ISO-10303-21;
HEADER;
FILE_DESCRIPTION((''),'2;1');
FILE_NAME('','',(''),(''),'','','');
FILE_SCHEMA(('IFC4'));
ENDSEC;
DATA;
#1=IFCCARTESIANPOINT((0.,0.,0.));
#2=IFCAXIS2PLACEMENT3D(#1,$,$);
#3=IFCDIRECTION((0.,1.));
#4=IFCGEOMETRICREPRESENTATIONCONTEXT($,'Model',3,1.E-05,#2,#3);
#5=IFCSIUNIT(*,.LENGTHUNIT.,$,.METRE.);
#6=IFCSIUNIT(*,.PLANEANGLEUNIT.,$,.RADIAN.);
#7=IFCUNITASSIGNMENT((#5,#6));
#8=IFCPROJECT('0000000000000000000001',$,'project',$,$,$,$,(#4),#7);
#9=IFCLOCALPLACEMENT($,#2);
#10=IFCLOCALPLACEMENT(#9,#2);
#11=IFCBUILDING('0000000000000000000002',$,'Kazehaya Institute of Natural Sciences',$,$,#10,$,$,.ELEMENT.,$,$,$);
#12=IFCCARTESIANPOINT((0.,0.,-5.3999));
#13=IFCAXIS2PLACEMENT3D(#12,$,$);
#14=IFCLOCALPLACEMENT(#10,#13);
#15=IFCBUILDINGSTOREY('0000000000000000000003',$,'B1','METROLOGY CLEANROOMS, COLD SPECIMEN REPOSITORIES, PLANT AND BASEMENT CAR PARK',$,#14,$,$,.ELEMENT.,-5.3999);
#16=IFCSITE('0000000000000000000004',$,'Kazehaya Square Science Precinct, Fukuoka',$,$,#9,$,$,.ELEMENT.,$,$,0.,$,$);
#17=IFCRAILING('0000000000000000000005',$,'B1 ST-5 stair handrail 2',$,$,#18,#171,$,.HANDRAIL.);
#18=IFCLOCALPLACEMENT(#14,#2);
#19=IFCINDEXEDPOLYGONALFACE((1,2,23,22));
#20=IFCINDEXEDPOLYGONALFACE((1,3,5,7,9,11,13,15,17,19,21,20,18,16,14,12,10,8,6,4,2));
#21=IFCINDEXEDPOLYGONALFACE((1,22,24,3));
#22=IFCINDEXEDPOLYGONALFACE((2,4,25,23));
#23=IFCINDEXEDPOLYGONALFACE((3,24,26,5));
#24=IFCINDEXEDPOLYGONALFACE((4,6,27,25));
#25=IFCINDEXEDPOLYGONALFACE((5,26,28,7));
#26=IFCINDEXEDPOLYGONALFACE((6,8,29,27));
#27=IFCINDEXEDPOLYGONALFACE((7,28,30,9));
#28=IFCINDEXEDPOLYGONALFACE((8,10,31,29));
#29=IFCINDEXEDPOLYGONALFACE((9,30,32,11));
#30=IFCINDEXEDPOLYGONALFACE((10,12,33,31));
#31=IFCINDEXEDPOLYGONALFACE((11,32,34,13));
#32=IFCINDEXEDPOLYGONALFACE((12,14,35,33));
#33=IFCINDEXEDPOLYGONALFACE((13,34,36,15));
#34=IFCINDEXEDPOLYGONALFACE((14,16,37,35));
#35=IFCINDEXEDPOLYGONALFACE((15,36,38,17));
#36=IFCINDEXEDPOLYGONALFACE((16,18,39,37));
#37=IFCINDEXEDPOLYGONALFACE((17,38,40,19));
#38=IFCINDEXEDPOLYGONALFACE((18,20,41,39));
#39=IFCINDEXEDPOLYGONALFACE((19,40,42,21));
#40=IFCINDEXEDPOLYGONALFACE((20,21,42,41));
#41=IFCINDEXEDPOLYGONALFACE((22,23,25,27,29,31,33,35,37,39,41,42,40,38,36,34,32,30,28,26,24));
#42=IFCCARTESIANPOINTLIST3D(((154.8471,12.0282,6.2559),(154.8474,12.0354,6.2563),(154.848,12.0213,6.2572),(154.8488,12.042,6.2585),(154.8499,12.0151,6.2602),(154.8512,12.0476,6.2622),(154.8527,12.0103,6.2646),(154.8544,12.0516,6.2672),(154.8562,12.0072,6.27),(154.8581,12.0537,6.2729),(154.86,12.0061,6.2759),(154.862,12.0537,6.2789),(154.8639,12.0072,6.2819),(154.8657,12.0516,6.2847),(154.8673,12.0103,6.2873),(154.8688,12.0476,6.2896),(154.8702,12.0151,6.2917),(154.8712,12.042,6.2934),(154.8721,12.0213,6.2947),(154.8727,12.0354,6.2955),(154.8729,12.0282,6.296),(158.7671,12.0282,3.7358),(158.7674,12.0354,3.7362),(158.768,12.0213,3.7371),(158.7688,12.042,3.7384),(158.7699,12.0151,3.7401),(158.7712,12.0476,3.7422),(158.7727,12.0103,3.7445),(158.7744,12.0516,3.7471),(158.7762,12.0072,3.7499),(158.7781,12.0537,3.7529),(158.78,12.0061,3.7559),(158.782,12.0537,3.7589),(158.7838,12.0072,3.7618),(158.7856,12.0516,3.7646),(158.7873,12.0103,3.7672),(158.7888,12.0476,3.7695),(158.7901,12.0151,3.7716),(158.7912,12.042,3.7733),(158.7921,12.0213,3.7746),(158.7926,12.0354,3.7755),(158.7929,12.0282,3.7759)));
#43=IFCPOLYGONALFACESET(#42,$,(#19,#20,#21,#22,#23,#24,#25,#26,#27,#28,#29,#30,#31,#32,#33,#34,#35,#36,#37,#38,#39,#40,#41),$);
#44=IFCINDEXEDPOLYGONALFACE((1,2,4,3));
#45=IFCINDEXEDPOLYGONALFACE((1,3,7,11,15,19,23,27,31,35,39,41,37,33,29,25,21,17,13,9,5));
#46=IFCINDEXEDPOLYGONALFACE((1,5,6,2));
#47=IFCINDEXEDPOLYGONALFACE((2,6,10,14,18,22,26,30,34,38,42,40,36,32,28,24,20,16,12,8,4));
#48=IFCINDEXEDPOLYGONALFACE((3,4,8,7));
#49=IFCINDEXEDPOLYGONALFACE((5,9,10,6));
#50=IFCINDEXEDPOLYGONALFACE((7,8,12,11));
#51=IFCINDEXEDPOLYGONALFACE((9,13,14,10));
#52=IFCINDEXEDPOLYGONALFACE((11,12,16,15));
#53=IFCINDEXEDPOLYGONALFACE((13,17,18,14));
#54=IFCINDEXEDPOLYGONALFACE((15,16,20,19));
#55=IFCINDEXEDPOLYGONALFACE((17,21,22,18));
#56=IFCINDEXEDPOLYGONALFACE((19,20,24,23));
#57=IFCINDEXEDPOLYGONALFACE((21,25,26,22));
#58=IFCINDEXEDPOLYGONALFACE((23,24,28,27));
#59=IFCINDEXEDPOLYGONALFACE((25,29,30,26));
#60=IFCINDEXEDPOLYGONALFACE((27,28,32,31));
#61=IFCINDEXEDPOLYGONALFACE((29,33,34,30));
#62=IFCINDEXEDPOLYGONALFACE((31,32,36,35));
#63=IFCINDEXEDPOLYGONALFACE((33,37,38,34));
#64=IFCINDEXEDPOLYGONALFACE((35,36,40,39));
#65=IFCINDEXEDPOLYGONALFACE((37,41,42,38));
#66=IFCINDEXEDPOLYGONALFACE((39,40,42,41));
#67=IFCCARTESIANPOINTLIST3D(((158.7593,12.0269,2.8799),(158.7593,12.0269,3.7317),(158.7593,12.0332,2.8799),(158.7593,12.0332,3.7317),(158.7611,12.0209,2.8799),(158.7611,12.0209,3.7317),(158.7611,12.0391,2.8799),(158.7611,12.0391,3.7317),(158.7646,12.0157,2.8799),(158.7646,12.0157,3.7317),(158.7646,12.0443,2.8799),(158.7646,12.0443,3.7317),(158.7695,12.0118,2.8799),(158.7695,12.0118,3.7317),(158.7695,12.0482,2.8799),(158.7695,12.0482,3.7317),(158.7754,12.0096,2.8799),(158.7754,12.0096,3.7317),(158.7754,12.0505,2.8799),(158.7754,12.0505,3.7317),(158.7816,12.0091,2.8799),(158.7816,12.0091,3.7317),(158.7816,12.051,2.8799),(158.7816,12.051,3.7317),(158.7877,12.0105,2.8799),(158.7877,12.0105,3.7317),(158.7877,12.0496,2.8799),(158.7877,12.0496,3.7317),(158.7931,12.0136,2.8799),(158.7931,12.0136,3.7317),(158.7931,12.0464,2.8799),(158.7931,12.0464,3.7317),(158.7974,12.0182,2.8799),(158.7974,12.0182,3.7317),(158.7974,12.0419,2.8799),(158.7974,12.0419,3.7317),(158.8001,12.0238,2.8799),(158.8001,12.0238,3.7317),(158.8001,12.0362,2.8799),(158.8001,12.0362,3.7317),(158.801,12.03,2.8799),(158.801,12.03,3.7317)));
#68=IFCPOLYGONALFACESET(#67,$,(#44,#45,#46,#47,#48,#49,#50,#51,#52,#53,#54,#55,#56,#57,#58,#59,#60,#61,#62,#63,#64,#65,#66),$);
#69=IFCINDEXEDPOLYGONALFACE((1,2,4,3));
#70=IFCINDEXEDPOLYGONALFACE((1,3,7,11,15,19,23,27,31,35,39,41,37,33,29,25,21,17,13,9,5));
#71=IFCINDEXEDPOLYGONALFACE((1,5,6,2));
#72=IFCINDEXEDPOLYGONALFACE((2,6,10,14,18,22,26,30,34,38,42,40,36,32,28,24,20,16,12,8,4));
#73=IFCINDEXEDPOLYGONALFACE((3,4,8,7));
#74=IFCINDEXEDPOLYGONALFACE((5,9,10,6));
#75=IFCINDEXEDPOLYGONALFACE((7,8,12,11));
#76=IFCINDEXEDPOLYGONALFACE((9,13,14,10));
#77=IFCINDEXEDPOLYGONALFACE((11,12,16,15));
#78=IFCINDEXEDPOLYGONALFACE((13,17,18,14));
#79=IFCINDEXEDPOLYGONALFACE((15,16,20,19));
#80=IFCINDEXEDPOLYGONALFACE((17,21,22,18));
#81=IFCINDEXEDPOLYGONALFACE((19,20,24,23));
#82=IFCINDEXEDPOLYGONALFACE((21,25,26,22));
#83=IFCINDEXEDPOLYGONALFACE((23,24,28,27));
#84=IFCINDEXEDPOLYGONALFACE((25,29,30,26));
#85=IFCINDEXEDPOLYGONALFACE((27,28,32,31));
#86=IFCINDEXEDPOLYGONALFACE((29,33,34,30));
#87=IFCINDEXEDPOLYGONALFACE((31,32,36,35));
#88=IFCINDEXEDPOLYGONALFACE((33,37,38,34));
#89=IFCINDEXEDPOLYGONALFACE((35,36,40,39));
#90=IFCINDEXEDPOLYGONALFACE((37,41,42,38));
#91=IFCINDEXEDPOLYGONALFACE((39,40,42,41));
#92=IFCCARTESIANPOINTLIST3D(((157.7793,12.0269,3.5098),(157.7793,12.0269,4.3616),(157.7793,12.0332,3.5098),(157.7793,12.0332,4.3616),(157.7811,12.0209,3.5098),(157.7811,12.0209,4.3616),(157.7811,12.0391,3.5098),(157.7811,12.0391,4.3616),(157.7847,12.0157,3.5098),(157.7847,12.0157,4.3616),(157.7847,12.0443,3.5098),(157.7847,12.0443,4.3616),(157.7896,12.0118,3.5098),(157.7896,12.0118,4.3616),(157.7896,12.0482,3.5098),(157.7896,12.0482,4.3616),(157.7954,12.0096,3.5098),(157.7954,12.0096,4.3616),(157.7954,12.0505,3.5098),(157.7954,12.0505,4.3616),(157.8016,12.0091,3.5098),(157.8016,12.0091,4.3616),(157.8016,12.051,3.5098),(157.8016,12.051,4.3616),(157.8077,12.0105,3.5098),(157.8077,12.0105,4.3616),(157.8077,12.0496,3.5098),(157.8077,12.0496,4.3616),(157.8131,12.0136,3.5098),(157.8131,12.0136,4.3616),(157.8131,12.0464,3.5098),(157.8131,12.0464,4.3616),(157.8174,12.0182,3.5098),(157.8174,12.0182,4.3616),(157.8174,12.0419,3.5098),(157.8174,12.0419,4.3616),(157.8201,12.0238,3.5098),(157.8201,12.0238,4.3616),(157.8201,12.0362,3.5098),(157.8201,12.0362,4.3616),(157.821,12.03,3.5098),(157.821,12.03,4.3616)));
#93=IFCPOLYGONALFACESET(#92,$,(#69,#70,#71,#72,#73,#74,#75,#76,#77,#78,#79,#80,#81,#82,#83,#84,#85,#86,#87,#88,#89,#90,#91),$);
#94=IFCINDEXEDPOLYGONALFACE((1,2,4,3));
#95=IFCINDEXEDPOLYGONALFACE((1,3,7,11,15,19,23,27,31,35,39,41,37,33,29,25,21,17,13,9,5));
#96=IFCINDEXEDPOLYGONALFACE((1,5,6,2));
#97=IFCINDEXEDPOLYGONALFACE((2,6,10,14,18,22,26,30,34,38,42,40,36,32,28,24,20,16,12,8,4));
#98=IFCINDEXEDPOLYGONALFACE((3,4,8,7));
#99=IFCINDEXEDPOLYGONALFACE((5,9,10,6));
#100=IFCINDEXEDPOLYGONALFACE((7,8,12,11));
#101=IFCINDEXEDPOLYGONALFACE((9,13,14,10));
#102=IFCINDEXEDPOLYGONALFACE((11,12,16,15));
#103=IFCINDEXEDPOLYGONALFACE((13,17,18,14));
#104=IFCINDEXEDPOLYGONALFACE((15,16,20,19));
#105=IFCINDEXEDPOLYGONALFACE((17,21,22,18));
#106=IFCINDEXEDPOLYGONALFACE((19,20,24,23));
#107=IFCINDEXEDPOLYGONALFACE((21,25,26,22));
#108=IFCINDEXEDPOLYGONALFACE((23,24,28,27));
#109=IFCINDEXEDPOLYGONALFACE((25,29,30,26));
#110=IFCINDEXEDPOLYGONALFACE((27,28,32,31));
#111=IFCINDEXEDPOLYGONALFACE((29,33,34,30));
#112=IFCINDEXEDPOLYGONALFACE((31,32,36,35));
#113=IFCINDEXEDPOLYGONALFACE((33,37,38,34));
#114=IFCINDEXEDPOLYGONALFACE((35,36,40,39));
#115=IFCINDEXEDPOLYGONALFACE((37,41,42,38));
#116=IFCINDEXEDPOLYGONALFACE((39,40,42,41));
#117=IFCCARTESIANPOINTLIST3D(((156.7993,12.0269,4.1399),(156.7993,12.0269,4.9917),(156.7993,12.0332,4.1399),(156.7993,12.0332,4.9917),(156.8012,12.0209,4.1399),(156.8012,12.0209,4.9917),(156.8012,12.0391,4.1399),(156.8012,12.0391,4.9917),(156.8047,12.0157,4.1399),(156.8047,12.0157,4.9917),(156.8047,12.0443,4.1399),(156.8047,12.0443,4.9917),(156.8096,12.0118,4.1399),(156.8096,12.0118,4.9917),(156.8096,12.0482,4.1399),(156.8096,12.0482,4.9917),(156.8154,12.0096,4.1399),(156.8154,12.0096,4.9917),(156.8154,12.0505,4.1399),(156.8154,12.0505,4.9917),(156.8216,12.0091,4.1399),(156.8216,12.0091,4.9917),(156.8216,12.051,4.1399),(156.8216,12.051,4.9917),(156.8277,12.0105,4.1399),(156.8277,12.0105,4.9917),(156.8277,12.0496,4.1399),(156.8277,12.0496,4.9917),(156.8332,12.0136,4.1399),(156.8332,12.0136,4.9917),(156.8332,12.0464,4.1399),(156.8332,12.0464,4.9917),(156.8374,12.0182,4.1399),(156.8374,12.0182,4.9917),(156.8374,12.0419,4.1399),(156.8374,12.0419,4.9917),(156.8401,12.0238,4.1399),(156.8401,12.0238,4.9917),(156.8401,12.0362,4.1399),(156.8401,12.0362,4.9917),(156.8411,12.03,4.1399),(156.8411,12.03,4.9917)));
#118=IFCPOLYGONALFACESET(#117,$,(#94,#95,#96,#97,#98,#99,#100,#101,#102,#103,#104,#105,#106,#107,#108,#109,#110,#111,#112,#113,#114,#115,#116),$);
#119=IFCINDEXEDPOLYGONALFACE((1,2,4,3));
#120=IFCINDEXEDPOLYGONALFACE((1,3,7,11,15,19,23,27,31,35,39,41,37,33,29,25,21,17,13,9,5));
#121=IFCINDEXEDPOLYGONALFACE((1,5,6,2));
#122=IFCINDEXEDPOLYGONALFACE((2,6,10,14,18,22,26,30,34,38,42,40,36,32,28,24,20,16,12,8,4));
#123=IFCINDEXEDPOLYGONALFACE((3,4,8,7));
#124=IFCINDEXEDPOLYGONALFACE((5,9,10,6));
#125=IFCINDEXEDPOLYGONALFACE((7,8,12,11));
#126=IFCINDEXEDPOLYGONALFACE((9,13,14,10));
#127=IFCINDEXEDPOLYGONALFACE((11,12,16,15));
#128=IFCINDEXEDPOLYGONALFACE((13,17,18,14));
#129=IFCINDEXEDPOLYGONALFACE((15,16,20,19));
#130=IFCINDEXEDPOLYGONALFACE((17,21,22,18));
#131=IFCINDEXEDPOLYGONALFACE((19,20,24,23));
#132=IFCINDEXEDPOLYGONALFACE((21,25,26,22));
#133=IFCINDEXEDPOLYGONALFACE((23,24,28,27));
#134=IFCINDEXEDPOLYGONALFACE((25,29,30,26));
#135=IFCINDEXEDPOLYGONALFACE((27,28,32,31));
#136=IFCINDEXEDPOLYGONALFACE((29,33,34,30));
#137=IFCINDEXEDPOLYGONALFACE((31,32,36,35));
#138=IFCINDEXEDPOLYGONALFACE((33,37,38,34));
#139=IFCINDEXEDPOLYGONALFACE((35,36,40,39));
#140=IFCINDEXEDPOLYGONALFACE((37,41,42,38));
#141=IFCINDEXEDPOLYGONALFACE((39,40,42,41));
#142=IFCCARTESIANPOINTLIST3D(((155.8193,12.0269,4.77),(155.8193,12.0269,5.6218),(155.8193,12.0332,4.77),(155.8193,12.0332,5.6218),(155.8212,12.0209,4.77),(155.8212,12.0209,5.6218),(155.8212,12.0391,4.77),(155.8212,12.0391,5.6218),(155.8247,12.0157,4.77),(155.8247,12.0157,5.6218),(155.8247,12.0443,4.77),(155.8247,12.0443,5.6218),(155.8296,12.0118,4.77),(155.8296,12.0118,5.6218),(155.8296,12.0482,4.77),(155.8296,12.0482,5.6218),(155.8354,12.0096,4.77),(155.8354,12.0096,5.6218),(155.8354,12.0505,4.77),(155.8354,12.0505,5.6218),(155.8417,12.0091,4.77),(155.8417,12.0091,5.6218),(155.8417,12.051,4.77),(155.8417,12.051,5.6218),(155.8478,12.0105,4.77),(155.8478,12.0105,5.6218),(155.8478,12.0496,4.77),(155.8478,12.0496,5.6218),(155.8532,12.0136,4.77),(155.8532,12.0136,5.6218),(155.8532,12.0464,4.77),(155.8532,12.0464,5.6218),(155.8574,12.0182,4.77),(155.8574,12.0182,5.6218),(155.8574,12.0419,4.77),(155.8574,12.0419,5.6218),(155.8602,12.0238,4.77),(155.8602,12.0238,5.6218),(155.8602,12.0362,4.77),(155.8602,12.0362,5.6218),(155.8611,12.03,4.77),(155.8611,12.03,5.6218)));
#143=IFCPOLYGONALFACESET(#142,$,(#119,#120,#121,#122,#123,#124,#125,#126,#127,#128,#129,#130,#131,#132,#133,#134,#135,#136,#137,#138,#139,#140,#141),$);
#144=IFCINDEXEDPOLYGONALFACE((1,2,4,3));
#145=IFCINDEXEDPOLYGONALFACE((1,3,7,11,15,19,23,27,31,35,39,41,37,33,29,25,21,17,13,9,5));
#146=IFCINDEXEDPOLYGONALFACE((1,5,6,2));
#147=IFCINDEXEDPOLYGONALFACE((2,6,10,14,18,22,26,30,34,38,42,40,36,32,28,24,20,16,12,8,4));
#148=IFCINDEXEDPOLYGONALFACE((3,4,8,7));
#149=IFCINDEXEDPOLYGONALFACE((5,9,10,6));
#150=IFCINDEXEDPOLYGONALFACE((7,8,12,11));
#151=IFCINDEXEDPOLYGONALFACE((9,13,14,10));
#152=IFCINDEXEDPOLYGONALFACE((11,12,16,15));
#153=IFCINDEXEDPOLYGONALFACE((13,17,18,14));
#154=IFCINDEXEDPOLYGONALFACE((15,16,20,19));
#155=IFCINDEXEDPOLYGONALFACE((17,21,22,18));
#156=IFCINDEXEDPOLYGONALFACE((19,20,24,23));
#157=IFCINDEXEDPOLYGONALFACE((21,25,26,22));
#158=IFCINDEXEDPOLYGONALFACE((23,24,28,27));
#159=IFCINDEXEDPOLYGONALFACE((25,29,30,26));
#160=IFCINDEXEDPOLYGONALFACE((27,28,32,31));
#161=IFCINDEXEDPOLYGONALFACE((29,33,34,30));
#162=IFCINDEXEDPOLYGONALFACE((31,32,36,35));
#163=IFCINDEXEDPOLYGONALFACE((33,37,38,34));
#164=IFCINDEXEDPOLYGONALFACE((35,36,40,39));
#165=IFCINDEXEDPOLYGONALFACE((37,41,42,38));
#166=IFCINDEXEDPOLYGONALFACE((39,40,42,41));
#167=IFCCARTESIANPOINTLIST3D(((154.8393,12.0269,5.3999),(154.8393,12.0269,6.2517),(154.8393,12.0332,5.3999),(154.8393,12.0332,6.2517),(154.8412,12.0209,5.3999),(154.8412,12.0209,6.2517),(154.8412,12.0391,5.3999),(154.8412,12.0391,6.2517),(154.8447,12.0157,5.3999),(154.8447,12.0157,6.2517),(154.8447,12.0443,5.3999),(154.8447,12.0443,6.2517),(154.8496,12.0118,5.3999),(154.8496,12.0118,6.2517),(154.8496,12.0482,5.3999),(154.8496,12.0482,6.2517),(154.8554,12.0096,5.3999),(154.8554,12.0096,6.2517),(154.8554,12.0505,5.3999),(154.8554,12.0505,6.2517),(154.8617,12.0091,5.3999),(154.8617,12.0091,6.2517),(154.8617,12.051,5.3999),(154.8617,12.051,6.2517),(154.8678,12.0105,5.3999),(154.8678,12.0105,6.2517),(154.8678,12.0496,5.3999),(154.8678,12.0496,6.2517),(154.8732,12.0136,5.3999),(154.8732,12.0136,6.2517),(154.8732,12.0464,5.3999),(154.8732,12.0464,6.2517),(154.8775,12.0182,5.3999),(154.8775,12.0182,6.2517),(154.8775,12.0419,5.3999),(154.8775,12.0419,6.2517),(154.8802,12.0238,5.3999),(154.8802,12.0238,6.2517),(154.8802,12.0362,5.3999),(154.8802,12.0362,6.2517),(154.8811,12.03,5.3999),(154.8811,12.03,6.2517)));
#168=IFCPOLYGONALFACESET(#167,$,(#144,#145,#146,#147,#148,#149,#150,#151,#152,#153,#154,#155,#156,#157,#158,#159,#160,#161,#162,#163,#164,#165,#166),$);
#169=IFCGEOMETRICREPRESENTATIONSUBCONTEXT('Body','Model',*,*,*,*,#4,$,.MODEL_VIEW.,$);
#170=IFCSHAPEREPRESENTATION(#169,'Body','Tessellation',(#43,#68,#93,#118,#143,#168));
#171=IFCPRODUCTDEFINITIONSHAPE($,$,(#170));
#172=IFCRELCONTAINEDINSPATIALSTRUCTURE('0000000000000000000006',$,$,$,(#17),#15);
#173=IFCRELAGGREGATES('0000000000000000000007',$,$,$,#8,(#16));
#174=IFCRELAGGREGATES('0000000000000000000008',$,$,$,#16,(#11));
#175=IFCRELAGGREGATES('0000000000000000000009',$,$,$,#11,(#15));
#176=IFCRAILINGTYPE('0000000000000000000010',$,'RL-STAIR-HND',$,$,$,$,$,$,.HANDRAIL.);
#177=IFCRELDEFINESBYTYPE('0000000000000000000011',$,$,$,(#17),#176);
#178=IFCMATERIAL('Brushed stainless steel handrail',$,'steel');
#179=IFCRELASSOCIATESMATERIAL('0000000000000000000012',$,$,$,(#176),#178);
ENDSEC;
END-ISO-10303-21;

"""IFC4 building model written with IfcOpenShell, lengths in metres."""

from ifc_helpers import new_model, si_unit, direction, frame, origin, origin_2d, place, context, subcontext, project, spatial, circle, extrude, material, type_object, element, save


model = new_model("IFC4")

# Units and contexts
model_context = context("Model", 3, precision=1e-05, world=origin(), true_north=direction((0.0, 1.0)))
body_context = subcontext(model_context, "Body", "Model", "MODEL_VIEW")
ifc_project = project(units=[si_unit("LENGTHUNIT", "METRE"), si_unit("PLANEANGLEUNIT", "RADIAN")], contexts=[model_context])

# Site, building, storey
site_placement = place(None, origin())
site = spatial("IfcSite", under=ifc_project, at=site_placement, Name="Kazehaya Square Science Precinct, Fukuoka", CompositionType="ELEMENT", RefElevation=0.0)
building_placement = place(site_placement, origin())
building = spatial("IfcBuilding", under=site, at=building_placement, Name="Kazehaya Institute of Natural Sciences", CompositionType="ELEMENT")
storey_placement = place(building_placement, frame((0.0, 0.0, -5.3999)))
storey = spatial("IfcBuildingStorey", under=building, at=storey_placement, Name="B1", Description="METROLOGY CLEANROOMS, COLD SPECIMEN REPOSITORIES, PLANT AND BASEMENT CAR PARK", CompositionType="ELEMENT", Elevation=-5.3999)

# Railing
ifc_material_1 = material(Name="Brushed stainless steel handrail", Category="steel")
railing_type_1 = type_object("IfcRailingType", Name="RL-STAIR-HND", PredefinedType="HANDRAIL", material=ifc_material_1)
railing_1_placement = place(storey_placement, frame((158.78, 12.03, 2.8799)))
element("IfcRailing", 1, at=railing_1_placement, inside=storey, type_object=railing_type_1, Name="B1 ST-5 stair handrail 2", PredefinedType="HANDRAIL", context=body_context, shape_type="SweptSolid", body=[
    extrude(circle(Radius=0.0239, at=origin_2d()), frame((0.0, 0.0, 0.876), z_axis=(-0.841172, 0.0, 0.540768), x_axis=(0.0, -1.0, 0.0)), (0.0, 0.0, 1.0), 4.6602),
    extrude(circle(Radius=0.021, at=origin_2d()), origin(), (0.0, 0.0, 1.0), 0.8518),
    extrude(circle(Radius=0.021, at=origin_2d()), frame((-0.98, 0.0, 0.6299)), (0.0, 0.0, 1.0), 0.8518),
    extrude(circle(Radius=0.021, at=origin_2d()), frame((-1.96, 0.0, 1.26)), (0.0, 0.0, 1.0), 0.8518),
    extrude(circle(Radius=0.021, at=origin_2d()), frame((-2.9399, 0.0, 1.8901)), (0.0, 0.0, 1.0), 0.8518),
    extrude(circle(Radius=0.021, at=origin_2d()), frame((-3.9199, 0.0, 2.52)), (0.0, 0.0, 1.0), 0.8518),
])

save(model, "model.ifc")
